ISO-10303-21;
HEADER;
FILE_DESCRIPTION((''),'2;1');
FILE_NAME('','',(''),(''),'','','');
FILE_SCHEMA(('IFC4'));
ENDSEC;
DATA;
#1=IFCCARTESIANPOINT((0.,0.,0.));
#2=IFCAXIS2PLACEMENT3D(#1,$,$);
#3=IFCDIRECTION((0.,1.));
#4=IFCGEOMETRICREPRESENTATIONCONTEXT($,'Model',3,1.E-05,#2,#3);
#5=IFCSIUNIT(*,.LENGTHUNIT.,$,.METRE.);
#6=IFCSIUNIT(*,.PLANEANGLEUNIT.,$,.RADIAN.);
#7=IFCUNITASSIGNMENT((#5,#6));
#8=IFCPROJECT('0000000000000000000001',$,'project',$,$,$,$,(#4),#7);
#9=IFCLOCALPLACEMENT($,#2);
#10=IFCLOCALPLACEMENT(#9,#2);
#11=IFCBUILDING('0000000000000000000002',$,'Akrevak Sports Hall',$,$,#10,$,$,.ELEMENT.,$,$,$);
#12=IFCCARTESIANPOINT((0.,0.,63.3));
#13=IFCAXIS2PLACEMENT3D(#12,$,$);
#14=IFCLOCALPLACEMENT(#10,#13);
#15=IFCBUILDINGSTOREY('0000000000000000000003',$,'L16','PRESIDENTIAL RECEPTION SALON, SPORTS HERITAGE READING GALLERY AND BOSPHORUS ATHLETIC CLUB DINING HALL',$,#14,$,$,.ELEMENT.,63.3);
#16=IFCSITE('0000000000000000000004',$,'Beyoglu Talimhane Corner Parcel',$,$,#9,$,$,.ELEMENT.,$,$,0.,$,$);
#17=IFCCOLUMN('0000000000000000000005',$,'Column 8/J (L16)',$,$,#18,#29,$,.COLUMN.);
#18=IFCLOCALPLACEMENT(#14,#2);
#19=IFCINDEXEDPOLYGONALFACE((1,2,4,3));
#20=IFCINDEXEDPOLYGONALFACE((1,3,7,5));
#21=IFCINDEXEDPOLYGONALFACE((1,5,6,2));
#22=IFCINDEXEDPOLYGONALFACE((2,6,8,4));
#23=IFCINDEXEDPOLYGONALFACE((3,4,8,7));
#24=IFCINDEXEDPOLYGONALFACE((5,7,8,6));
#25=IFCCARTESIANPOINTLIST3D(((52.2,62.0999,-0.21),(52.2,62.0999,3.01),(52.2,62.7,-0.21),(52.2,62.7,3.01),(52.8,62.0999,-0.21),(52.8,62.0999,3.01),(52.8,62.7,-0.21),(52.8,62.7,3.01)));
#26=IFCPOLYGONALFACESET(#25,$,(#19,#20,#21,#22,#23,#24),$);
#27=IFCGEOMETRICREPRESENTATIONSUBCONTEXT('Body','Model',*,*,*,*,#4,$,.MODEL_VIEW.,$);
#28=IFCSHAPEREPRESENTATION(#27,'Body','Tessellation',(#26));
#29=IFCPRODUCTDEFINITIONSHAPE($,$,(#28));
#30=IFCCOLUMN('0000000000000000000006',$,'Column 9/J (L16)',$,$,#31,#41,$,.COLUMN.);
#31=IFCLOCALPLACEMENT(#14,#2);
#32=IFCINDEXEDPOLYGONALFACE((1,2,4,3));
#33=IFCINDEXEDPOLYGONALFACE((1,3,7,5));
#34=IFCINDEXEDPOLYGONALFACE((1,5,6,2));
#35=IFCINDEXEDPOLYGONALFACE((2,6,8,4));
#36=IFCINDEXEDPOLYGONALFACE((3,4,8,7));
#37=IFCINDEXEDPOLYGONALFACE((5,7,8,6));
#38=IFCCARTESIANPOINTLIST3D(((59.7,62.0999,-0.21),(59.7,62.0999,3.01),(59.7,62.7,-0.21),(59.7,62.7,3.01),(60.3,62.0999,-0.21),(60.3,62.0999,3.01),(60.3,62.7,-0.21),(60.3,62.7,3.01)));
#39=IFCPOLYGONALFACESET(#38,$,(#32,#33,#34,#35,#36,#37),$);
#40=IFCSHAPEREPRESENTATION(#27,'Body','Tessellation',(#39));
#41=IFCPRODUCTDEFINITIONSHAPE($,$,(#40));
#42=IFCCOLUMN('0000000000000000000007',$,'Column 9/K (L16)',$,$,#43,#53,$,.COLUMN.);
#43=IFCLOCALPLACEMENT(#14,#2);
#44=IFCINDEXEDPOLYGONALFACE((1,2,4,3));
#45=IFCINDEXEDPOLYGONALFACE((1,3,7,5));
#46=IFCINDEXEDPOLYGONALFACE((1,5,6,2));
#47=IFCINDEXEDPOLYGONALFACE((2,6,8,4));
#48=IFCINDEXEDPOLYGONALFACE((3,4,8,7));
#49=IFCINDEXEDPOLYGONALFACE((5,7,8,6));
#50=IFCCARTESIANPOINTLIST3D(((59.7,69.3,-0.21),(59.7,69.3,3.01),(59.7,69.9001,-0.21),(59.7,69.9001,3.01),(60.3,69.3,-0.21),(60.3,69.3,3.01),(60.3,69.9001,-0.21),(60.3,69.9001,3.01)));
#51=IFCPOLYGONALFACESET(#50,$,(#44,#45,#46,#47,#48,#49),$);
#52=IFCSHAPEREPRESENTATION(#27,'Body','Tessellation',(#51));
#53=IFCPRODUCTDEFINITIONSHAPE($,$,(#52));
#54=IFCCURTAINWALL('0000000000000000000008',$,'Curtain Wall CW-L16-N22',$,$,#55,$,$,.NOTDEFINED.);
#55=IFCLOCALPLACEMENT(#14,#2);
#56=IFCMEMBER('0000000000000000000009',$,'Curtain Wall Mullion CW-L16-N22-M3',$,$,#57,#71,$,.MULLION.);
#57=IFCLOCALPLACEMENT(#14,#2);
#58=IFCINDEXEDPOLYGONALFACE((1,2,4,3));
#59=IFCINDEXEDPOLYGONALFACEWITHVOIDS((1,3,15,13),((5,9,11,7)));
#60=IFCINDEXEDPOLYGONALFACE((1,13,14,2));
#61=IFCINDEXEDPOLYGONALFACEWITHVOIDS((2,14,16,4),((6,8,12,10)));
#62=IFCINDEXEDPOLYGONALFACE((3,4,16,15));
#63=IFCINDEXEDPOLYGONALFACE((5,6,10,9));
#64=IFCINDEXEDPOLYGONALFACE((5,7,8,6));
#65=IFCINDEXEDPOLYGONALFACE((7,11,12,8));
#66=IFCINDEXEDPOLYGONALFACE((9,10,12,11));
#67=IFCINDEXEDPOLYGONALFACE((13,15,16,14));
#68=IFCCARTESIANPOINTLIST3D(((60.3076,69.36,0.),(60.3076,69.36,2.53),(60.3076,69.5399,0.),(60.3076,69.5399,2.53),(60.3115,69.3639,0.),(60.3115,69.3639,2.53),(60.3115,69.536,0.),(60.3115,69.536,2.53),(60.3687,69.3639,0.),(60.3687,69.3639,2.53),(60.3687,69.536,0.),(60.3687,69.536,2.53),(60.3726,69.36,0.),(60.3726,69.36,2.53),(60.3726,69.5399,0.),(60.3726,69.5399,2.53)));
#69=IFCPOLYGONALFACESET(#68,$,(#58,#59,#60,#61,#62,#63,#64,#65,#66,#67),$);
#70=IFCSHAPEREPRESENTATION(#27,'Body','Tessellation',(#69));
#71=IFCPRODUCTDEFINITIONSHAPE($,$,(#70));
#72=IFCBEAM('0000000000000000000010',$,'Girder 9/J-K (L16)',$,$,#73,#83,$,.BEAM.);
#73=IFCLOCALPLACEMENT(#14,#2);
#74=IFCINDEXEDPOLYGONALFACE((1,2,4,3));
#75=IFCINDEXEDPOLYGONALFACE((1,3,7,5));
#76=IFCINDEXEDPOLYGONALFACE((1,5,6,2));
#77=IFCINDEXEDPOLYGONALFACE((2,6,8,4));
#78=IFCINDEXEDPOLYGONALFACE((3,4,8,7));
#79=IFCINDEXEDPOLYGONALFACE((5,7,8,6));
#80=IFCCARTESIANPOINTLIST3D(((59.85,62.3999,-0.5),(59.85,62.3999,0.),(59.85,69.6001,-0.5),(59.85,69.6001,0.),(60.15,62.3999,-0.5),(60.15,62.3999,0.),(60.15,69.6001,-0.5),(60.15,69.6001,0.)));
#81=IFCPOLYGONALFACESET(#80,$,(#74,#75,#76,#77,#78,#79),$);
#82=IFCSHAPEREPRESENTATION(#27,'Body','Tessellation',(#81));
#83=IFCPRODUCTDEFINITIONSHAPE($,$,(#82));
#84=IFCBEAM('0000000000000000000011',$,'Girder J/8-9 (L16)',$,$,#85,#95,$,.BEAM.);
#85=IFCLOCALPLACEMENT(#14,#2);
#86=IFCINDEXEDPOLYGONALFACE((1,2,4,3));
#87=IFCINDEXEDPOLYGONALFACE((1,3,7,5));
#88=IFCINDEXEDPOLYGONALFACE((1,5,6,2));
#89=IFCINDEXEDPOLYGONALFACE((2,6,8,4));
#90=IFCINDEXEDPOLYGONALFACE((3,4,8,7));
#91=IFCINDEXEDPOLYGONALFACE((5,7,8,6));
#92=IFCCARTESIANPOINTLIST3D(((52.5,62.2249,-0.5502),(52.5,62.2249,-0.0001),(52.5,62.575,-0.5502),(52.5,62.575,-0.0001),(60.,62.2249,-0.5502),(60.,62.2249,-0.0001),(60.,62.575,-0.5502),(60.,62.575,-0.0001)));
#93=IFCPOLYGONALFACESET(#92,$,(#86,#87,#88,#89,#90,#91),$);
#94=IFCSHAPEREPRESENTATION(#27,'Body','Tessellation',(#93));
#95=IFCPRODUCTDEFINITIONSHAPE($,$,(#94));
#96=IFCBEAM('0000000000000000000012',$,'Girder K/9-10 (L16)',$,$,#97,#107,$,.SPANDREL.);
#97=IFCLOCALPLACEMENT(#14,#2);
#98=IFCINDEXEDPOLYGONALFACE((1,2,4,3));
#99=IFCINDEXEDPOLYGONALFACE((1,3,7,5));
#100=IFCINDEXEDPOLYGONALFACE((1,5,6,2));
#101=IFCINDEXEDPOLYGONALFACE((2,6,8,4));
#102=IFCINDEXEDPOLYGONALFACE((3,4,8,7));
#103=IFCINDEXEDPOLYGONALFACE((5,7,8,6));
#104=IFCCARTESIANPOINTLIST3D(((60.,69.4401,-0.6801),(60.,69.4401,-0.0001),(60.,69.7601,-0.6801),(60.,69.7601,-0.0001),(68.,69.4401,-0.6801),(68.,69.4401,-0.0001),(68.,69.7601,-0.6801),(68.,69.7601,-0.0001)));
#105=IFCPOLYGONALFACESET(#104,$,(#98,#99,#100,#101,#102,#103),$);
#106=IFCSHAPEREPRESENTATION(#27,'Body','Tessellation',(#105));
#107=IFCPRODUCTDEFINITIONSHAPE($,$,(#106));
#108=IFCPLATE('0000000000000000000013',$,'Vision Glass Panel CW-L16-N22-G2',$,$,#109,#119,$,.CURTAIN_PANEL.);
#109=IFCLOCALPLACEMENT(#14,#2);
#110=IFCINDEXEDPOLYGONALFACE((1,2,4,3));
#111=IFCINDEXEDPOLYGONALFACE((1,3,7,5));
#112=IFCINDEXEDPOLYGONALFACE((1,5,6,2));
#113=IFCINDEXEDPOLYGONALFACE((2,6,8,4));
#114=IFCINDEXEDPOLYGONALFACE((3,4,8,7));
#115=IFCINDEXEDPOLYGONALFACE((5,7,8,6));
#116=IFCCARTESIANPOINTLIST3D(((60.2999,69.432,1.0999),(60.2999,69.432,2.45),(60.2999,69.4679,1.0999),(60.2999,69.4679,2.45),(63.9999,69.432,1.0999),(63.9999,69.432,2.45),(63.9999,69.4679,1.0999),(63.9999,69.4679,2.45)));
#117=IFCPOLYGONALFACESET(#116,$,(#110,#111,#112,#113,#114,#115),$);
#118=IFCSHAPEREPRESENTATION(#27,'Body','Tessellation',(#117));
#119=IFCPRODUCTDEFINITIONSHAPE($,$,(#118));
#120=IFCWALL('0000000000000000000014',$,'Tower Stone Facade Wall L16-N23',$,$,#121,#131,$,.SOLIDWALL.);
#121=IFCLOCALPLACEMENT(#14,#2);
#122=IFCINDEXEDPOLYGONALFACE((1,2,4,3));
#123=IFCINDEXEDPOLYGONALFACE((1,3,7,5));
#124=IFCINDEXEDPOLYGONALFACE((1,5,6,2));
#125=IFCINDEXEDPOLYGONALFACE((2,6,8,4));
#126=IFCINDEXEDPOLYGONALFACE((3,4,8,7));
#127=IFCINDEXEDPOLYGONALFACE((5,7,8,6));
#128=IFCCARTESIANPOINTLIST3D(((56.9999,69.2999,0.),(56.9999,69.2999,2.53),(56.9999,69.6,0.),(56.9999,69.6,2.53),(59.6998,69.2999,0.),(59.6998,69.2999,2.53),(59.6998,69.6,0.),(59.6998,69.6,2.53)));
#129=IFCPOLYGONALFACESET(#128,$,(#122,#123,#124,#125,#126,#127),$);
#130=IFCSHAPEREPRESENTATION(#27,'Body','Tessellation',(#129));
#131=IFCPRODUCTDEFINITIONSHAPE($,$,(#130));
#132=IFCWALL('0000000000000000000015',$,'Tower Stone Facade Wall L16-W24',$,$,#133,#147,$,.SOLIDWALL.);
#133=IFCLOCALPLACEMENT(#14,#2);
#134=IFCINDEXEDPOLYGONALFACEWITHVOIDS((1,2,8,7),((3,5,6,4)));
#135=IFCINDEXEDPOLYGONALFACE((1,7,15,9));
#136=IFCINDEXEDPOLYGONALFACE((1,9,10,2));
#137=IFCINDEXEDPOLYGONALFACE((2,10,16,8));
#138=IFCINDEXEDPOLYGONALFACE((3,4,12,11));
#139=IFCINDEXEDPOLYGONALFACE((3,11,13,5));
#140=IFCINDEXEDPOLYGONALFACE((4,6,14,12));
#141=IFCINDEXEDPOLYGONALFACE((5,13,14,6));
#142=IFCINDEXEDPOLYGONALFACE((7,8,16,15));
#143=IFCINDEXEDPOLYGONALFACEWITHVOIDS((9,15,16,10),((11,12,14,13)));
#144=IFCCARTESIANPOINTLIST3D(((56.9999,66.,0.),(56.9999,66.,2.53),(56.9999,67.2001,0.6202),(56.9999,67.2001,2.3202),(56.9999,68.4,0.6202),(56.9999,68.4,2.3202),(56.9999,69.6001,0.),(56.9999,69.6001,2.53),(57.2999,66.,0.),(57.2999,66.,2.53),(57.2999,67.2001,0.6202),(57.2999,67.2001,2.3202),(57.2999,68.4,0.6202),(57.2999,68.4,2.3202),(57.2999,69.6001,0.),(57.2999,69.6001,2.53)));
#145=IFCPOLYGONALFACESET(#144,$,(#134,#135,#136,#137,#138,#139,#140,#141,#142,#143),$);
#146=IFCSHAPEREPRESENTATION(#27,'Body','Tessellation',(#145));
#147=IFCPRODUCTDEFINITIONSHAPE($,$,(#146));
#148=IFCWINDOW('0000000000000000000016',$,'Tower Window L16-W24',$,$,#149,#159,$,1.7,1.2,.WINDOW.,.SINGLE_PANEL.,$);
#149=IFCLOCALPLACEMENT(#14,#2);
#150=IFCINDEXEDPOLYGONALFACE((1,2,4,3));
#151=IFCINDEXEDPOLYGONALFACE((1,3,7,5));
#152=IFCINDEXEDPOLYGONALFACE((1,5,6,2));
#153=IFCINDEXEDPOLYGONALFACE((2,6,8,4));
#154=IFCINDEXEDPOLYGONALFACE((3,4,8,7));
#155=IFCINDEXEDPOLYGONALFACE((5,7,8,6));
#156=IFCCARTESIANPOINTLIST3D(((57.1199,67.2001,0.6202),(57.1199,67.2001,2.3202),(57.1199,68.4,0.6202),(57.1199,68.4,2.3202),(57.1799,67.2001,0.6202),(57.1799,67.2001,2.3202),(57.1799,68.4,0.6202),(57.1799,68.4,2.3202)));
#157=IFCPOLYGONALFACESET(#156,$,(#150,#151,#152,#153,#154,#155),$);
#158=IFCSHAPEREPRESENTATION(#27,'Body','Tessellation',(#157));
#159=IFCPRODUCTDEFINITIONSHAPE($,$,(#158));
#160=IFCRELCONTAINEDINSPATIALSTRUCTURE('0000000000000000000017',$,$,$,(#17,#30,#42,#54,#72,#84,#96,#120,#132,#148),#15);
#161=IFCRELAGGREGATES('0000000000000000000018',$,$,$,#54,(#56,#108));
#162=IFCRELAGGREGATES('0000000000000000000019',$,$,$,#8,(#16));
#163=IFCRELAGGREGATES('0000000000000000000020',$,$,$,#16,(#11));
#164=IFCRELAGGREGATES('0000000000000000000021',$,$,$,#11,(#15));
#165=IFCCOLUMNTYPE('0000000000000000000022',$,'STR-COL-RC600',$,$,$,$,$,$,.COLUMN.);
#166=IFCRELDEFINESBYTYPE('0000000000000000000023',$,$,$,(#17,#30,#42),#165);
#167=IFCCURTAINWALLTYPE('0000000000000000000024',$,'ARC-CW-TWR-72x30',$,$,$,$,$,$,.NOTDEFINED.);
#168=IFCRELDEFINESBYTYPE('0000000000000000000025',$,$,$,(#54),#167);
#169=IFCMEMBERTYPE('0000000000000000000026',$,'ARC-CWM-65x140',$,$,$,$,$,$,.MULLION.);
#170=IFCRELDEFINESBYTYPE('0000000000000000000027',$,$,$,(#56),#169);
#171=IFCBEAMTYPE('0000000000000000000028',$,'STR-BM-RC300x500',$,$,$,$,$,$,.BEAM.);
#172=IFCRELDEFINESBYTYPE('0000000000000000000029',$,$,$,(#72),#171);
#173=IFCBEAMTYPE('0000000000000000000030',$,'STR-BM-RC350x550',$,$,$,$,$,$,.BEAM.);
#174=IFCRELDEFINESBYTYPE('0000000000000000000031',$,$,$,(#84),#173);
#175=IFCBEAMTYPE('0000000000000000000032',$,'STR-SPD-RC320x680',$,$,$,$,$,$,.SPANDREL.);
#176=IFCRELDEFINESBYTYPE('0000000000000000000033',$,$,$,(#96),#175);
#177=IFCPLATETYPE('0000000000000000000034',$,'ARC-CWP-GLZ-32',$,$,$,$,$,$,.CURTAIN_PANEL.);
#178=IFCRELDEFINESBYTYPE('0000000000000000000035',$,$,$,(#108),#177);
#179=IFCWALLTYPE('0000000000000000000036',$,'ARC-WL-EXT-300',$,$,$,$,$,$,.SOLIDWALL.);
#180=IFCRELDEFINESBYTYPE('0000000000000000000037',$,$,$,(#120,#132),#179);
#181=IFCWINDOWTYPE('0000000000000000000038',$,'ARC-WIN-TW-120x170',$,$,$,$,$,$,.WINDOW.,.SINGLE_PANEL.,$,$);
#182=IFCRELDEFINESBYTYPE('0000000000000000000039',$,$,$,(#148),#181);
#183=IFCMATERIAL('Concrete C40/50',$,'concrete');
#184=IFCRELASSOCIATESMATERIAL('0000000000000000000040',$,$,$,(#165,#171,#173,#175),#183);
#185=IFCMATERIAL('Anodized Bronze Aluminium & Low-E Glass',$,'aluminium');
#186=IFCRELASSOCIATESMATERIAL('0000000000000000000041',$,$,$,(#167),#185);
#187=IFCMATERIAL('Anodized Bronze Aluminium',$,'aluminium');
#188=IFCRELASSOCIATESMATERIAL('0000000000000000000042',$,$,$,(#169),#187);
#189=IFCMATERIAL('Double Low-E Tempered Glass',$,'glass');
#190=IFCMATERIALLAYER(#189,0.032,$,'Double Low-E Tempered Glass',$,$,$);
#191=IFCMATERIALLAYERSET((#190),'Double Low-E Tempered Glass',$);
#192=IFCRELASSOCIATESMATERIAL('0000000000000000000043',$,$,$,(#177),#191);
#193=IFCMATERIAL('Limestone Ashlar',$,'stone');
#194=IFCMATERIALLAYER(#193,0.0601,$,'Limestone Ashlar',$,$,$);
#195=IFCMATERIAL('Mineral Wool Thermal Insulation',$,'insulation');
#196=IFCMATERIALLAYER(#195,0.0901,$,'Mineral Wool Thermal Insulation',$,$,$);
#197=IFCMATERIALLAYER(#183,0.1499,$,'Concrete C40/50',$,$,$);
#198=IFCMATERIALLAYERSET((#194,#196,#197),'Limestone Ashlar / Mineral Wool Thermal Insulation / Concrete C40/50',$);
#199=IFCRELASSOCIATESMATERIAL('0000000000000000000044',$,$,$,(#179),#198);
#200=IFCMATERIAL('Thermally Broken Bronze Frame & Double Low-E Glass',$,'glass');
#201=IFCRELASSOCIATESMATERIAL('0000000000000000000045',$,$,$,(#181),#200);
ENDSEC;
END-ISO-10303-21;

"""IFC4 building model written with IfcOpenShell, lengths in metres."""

from ifc_helpers import new_model, si_unit, direction, frame, frame_2d, origin, origin_2d, place, context, subcontext, project, spatial, rectangle, hollow_rectangle, extrude, material, layer, layer_set, material_profile, profile_set, type_object, element, fill, aggregate, save


model = new_model("IFC4")

# Units and contexts
model_context = context("Model", 3, precision=1e-05, world=origin(), true_north=direction((0.0, 1.0)))
body_context = subcontext(model_context, "Body", "Model", "MODEL_VIEW")
ifc_project = project(units=[si_unit("LENGTHUNIT", "METRE"), si_unit("PLANEANGLEUNIT", "RADIAN")], contexts=[model_context])

# Site, building, storey
site_placement = place(None, origin())
site = spatial("IfcSite", under=ifc_project, at=site_placement, Name="Beyoglu Talimhane Corner Parcel", CompositionType="ELEMENT", RefElevation=0.0)
building_placement = place(site_placement, origin())
building = spatial("IfcBuilding", under=site, at=building_placement, Name="Akrevak Sports Hall", CompositionType="ELEMENT")
storey_placement = place(building_placement, frame((0.0, 0.0, 63.3)))
storey = spatial("IfcBuildingStorey", under=building, at=storey_placement, Name="L16", Description="PRESIDENTIAL RECEPTION SALON, SPORTS HERITAGE READING GALLERY AND BOSPHORUS ATHLETIC CLUB DINING HALL", CompositionType="ELEMENT", Elevation=63.3)

# Columns
ifc_material_1 = material(Name="Concrete C40/50", Category="concrete")
ifc_material_profile_1 = material_profile(ifc_material_1, rectangle(XDim=0.6001, YDim=0.6001, at=origin_2d()), Name="RC 600x600", Category="concrete")
ifc_profile_set_1 = profile_set([ifc_material_profile_1], Name="Concrete C40/50")
column_type = type_object("IfcColumnType", Name="STR-COL-RC600", PredefinedType="COLUMN", material=ifc_profile_set_1)
for number, where, z_axis, x_axis, name in (
    (1, (52.5, 62.3999, -0.21), (0.0, 0.0, 1.0), (1.0, 0.0, 0.0), "Column 8/J (L16)"),
    (2, (60.0, 62.3999, -0.21), (0.0, 0.0, 1.0), (1.0, 0.0, 0.0), "Column 9/J (L16)"),
    (3, (60.0, 69.6001, -0.21), (0.0, 0.0, 1.0), (1.0, 0.0, 0.0), "Column 9/K (L16)"),
):
    element("IfcColumn", number, at=place(storey_placement, frame(where, z_axis=z_axis, x_axis=x_axis)), inside=storey, type_object=column_type, Name=name, PredefinedType="COLUMN", context=body_context, shape_type="SweptSolid", body=[
        extrude(rectangle(XDim=0.6001, YDim=0.6001, at=origin_2d()), origin(), (0.0, 0.0, 1.0), 3.22),
    ])

# Curtain wall, member
ifc_material_2 = material(Name="Anodized Bronze Aluminium & Low-E Glass", Category="aluminium")
curtain_wall_type = type_object("IfcCurtainWallType", Name="ARC-CW-TWR-72x30", PredefinedType="NOTDEFINED", material=ifc_material_2)
curtain_wall_placement = place(storey_placement, origin())
curtain_wall = element("IfcCurtainWall", 4, at=curtain_wall_placement, inside=storey, type_object=curtain_wall_type, Name="Curtain Wall CW-L16-N22", PredefinedType="NOTDEFINED")
ifc_material_3 = material(Name="Anodized Bronze Aluminium", Category="aluminium")
ifc_material_profile_2 = material_profile(ifc_material_3, hollow_rectangle(XDim=0.0649, YDim=0.1799, WallThickness=0.0039, at=origin_2d()), Name="CWM 65x180", Category="aluminium")
ifc_profile_set_2 = profile_set([ifc_material_profile_2], Name="Anodized Bronze Aluminium")
member_type = type_object("IfcMemberType", Name="ARC-CWM-65x140", PredefinedType="MULLION", material=ifc_profile_set_2)
member_placement = place(storey_placement, frame((60.3401, 69.45, 0.0), z_axis=(0.0, 0.0, 1.0), x_axis=(-1.0, 0.0, 0.0)))
member = element("IfcMember", 5, at=member_placement, type_object=member_type, Name="Curtain Wall Mullion CW-L16-N22-M3", PredefinedType="MULLION", context=body_context, shape_type="SweptSolid", body=[
    extrude(hollow_rectangle(XDim=0.0649, YDim=0.1799, WallThickness=0.0039, at=origin_2d()), origin(), (0.0, 0.0, 1.0), 2.53),
])

# Beams
ifc_material_profile_3 = material_profile(ifc_material_1, rectangle(XDim=0.3, YDim=0.5, at=origin_2d()), Name="BM 300x500", Category="concrete")
ifc_profile_set_3 = profile_set([ifc_material_profile_3], Name="Concrete C40/50")
beam_type_1 = type_object("IfcBeamType", Name="STR-BM-RC300x500", PredefinedType="BEAM", material=ifc_profile_set_3)
beam_1_placement = place(storey_placement, frame((60.0, 62.3999, -0.25), z_axis=(0.0, 1.0, 0.0), x_axis=(-1.0, 0.0, 0.0)))
element("IfcBeam", 6, at=beam_1_placement, inside=storey, type_object=beam_type_1, Name="Girder 9/J-K (L16)", PredefinedType="BEAM", context=body_context, shape_type="SweptSolid", body=[
    extrude(rectangle(XDim=0.3, YDim=0.5, at=origin_2d()), origin(), (0.0, 0.0, 1.0), 7.2002),
])
ifc_material_profile_4 = material_profile(ifc_material_1, rectangle(XDim=0.3501, YDim=0.55, at=origin_2d()), Name="BM 350x550", Category="concrete")
ifc_profile_set_4 = profile_set([ifc_material_profile_4], Name="Concrete C40/50")
beam_type_2 = type_object("IfcBeamType", Name="STR-BM-RC350x550", PredefinedType="BEAM", material=ifc_profile_set_4)
beam_2_placement = place(storey_placement, frame((52.5, 62.3999, -0.2751), z_axis=(1.0, 0.0, 0.0), x_axis=(0.0, 1.0, 0.0)))
element("IfcBeam", 7, at=beam_2_placement, inside=storey, type_object=beam_type_2, Name="Girder J/8-9 (L16)", PredefinedType="BEAM", context=body_context, shape_type="SweptSolid", body=[
    extrude(rectangle(XDim=0.3501, YDim=0.55, at=origin_2d()), origin(), (0.0, 0.0, 1.0), 7.5),
])
ifc_material_profile_5 = material_profile(ifc_material_1, rectangle(XDim=0.3201, YDim=0.6799, at=origin_2d()), Name="SPD 320x680", Category="concrete")
ifc_profile_set_5 = profile_set([ifc_material_profile_5], Name="Concrete C40/50")
beam_type_3 = type_object("IfcBeamType", Name="STR-SPD-RC320x680", PredefinedType="SPANDREL", material=ifc_profile_set_5)
beam_3_placement = place(storey_placement, frame((60.0, 69.6001, -0.3401), z_axis=(1.0, 0.0, 0.0), x_axis=(0.0, 1.0, 0.0)))
element("IfcBeam", 8, at=beam_3_placement, inside=storey, type_object=beam_type_3, Name="Girder K/9-10 (L16)", PredefinedType="SPANDREL", context=body_context, shape_type="SweptSolid", body=[
    extrude(rectangle(XDim=0.3201, YDim=0.6799, at=origin_2d()), origin(), (0.0, 0.0, 1.0), 8.0),
])

# Plate
ifc_material_4 = material(Name="Double Low-E Tempered Glass", Category="glass")
ifc_layer_1 = layer(ifc_material_4, 0.032, Name="Double Low-E Tempered Glass")
ifc_layer_set_1 = layer_set([ifc_layer_1], Name="Double Low-E Tempered Glass")
plate_type = type_object("IfcPlateType", Name="ARC-CWP-GLZ-32", PredefinedType="CURTAIN_PANEL", material=ifc_layer_set_1)
plate_placement = place(storey_placement, frame((62.1499, 69.45, 1.0999), z_axis=(0.0, 0.0, 1.0), x_axis=(-1.0, 0.0, 0.0)))
plate = element("IfcPlate", 9, at=plate_placement, type_object=plate_type, Name="Vision Glass Panel CW-L16-N22-G2", PredefinedType="CURTAIN_PANEL", context=body_context, shape_type="SweptSolid", body=[
    extrude(rectangle(XDim=3.7, YDim=0.0359, at=origin_2d()), origin(), (0.0, 0.0, 1.0), 1.3501),
])
aggregate(curtain_wall, [member, plate])

# Wall
ifc_material_5 = material(Name="Limestone Ashlar", Category="stone")
ifc_layer_2 = layer(ifc_material_5, 0.0601, Name="Limestone Ashlar")
ifc_material_6 = material(Name="Mineral Wool Thermal Insulation", Category="insulation")
ifc_layer_3 = layer(ifc_material_6, 0.0901, Name="Mineral Wool Thermal Insulation")
ifc_layer_4 = layer(ifc_material_1, 0.1499, Name="Concrete C40/50")
ifc_layer_set_2 = layer_set([ifc_layer_2, ifc_layer_3, ifc_layer_4], Name="Limestone Ashlar / Mineral Wool Thermal Insulation / Concrete C40/50")
wall_type_1 = type_object("IfcWallType", Name="ARC-WL-EXT-300", PredefinedType="SOLIDWALL", material=ifc_layer_set_2)
wall_1_placement = place(storey_placement, frame((59.7, 69.45, 0.0), z_axis=(0.0, 0.0, 1.0), x_axis=(-1.0, 0.0, 0.0)))
element("IfcWall", 10, at=wall_1_placement, inside=storey, type_object=wall_type_1, Name="Tower Stone Facade Wall L16-N23", PredefinedType="SOLIDWALL", context=body_context, shape_type="SweptSolid", body=[
    extrude(rectangle(XDim=2.7, YDim=0.3, at=frame_2d((1.3501, 0.0))), origin(), (0.0, 0.0, 1.0), 2.53),
])

# Wall, opening, window
wall_2_placement = place(storey_placement, frame((57.1499, 69.6001, 0.0), z_axis=(0.0, 0.0, 1.0), x_axis=(0.0, -1.0, 0.0)))
wall_2 = element("IfcWall", 11, at=wall_2_placement, inside=storey, type_object=wall_type_1, Name="Tower Stone Facade Wall L16-W24", PredefinedType="SOLIDWALL", context=body_context, shape_type="SweptSolid", body=[
    extrude(rectangle(XDim=3.6001, YDim=0.3, at=frame_2d((1.8, 0.0))), origin(), (0.0, 0.0, 1.0), 2.53),
])
opening_1_placement = place(wall_2_placement, frame((1.2, 0.0, 0.6201)))
opening_1 = element("IfcOpeningElement", 12, at=opening_1_placement, cuts=wall_2, PredefinedType="OPENING", context=body_context, shape_type="SweptSolid", body=[
    extrude(rectangle(XDim=1.2, YDim=1.7, at=frame_2d((0.6001, 0.8501))), frame((0.0, 0.1621, 0.0), z_axis=(0.0, -1.0, 0.0), x_axis=(1.0, 0.0, 0.0)), (0.0, 0.0, 1.0), 0.324),
])
ifc_material_7 = material(Name="Thermally Broken Bronze Frame & Double Low-E Glass", Category="glass")
window_type_1 = type_object("IfcWindowType", Name="ARC-WIN-TW-120x170", PartitioningType="SINGLE_PANEL", PredefinedType="WINDOW", material=ifc_material_7)
window_1_placement = place(opening_1_placement, origin())
window_1 = element("IfcWindow", 13, at=window_1_placement, inside=storey, type_object=window_type_1, Name="Tower Window L16-W24", OverallHeight=1.7, OverallWidth=1.2, PartitioningType="SINGLE_PANEL", PredefinedType="WINDOW", context=body_context, shape_type="SweptSolid", body=[
    extrude(rectangle(XDim=1.2, YDim=1.7, at=frame_2d((0.6001, 0.8501))), frame((0.0, 0.03, 0.0), z_axis=(0.0, -1.0, 0.0), x_axis=(1.0, 0.0, 0.0)), (0.0, 0.0, 1.0), 0.0601),
])
fill(opening_1, window_1)

save(model, "model.ifc")
